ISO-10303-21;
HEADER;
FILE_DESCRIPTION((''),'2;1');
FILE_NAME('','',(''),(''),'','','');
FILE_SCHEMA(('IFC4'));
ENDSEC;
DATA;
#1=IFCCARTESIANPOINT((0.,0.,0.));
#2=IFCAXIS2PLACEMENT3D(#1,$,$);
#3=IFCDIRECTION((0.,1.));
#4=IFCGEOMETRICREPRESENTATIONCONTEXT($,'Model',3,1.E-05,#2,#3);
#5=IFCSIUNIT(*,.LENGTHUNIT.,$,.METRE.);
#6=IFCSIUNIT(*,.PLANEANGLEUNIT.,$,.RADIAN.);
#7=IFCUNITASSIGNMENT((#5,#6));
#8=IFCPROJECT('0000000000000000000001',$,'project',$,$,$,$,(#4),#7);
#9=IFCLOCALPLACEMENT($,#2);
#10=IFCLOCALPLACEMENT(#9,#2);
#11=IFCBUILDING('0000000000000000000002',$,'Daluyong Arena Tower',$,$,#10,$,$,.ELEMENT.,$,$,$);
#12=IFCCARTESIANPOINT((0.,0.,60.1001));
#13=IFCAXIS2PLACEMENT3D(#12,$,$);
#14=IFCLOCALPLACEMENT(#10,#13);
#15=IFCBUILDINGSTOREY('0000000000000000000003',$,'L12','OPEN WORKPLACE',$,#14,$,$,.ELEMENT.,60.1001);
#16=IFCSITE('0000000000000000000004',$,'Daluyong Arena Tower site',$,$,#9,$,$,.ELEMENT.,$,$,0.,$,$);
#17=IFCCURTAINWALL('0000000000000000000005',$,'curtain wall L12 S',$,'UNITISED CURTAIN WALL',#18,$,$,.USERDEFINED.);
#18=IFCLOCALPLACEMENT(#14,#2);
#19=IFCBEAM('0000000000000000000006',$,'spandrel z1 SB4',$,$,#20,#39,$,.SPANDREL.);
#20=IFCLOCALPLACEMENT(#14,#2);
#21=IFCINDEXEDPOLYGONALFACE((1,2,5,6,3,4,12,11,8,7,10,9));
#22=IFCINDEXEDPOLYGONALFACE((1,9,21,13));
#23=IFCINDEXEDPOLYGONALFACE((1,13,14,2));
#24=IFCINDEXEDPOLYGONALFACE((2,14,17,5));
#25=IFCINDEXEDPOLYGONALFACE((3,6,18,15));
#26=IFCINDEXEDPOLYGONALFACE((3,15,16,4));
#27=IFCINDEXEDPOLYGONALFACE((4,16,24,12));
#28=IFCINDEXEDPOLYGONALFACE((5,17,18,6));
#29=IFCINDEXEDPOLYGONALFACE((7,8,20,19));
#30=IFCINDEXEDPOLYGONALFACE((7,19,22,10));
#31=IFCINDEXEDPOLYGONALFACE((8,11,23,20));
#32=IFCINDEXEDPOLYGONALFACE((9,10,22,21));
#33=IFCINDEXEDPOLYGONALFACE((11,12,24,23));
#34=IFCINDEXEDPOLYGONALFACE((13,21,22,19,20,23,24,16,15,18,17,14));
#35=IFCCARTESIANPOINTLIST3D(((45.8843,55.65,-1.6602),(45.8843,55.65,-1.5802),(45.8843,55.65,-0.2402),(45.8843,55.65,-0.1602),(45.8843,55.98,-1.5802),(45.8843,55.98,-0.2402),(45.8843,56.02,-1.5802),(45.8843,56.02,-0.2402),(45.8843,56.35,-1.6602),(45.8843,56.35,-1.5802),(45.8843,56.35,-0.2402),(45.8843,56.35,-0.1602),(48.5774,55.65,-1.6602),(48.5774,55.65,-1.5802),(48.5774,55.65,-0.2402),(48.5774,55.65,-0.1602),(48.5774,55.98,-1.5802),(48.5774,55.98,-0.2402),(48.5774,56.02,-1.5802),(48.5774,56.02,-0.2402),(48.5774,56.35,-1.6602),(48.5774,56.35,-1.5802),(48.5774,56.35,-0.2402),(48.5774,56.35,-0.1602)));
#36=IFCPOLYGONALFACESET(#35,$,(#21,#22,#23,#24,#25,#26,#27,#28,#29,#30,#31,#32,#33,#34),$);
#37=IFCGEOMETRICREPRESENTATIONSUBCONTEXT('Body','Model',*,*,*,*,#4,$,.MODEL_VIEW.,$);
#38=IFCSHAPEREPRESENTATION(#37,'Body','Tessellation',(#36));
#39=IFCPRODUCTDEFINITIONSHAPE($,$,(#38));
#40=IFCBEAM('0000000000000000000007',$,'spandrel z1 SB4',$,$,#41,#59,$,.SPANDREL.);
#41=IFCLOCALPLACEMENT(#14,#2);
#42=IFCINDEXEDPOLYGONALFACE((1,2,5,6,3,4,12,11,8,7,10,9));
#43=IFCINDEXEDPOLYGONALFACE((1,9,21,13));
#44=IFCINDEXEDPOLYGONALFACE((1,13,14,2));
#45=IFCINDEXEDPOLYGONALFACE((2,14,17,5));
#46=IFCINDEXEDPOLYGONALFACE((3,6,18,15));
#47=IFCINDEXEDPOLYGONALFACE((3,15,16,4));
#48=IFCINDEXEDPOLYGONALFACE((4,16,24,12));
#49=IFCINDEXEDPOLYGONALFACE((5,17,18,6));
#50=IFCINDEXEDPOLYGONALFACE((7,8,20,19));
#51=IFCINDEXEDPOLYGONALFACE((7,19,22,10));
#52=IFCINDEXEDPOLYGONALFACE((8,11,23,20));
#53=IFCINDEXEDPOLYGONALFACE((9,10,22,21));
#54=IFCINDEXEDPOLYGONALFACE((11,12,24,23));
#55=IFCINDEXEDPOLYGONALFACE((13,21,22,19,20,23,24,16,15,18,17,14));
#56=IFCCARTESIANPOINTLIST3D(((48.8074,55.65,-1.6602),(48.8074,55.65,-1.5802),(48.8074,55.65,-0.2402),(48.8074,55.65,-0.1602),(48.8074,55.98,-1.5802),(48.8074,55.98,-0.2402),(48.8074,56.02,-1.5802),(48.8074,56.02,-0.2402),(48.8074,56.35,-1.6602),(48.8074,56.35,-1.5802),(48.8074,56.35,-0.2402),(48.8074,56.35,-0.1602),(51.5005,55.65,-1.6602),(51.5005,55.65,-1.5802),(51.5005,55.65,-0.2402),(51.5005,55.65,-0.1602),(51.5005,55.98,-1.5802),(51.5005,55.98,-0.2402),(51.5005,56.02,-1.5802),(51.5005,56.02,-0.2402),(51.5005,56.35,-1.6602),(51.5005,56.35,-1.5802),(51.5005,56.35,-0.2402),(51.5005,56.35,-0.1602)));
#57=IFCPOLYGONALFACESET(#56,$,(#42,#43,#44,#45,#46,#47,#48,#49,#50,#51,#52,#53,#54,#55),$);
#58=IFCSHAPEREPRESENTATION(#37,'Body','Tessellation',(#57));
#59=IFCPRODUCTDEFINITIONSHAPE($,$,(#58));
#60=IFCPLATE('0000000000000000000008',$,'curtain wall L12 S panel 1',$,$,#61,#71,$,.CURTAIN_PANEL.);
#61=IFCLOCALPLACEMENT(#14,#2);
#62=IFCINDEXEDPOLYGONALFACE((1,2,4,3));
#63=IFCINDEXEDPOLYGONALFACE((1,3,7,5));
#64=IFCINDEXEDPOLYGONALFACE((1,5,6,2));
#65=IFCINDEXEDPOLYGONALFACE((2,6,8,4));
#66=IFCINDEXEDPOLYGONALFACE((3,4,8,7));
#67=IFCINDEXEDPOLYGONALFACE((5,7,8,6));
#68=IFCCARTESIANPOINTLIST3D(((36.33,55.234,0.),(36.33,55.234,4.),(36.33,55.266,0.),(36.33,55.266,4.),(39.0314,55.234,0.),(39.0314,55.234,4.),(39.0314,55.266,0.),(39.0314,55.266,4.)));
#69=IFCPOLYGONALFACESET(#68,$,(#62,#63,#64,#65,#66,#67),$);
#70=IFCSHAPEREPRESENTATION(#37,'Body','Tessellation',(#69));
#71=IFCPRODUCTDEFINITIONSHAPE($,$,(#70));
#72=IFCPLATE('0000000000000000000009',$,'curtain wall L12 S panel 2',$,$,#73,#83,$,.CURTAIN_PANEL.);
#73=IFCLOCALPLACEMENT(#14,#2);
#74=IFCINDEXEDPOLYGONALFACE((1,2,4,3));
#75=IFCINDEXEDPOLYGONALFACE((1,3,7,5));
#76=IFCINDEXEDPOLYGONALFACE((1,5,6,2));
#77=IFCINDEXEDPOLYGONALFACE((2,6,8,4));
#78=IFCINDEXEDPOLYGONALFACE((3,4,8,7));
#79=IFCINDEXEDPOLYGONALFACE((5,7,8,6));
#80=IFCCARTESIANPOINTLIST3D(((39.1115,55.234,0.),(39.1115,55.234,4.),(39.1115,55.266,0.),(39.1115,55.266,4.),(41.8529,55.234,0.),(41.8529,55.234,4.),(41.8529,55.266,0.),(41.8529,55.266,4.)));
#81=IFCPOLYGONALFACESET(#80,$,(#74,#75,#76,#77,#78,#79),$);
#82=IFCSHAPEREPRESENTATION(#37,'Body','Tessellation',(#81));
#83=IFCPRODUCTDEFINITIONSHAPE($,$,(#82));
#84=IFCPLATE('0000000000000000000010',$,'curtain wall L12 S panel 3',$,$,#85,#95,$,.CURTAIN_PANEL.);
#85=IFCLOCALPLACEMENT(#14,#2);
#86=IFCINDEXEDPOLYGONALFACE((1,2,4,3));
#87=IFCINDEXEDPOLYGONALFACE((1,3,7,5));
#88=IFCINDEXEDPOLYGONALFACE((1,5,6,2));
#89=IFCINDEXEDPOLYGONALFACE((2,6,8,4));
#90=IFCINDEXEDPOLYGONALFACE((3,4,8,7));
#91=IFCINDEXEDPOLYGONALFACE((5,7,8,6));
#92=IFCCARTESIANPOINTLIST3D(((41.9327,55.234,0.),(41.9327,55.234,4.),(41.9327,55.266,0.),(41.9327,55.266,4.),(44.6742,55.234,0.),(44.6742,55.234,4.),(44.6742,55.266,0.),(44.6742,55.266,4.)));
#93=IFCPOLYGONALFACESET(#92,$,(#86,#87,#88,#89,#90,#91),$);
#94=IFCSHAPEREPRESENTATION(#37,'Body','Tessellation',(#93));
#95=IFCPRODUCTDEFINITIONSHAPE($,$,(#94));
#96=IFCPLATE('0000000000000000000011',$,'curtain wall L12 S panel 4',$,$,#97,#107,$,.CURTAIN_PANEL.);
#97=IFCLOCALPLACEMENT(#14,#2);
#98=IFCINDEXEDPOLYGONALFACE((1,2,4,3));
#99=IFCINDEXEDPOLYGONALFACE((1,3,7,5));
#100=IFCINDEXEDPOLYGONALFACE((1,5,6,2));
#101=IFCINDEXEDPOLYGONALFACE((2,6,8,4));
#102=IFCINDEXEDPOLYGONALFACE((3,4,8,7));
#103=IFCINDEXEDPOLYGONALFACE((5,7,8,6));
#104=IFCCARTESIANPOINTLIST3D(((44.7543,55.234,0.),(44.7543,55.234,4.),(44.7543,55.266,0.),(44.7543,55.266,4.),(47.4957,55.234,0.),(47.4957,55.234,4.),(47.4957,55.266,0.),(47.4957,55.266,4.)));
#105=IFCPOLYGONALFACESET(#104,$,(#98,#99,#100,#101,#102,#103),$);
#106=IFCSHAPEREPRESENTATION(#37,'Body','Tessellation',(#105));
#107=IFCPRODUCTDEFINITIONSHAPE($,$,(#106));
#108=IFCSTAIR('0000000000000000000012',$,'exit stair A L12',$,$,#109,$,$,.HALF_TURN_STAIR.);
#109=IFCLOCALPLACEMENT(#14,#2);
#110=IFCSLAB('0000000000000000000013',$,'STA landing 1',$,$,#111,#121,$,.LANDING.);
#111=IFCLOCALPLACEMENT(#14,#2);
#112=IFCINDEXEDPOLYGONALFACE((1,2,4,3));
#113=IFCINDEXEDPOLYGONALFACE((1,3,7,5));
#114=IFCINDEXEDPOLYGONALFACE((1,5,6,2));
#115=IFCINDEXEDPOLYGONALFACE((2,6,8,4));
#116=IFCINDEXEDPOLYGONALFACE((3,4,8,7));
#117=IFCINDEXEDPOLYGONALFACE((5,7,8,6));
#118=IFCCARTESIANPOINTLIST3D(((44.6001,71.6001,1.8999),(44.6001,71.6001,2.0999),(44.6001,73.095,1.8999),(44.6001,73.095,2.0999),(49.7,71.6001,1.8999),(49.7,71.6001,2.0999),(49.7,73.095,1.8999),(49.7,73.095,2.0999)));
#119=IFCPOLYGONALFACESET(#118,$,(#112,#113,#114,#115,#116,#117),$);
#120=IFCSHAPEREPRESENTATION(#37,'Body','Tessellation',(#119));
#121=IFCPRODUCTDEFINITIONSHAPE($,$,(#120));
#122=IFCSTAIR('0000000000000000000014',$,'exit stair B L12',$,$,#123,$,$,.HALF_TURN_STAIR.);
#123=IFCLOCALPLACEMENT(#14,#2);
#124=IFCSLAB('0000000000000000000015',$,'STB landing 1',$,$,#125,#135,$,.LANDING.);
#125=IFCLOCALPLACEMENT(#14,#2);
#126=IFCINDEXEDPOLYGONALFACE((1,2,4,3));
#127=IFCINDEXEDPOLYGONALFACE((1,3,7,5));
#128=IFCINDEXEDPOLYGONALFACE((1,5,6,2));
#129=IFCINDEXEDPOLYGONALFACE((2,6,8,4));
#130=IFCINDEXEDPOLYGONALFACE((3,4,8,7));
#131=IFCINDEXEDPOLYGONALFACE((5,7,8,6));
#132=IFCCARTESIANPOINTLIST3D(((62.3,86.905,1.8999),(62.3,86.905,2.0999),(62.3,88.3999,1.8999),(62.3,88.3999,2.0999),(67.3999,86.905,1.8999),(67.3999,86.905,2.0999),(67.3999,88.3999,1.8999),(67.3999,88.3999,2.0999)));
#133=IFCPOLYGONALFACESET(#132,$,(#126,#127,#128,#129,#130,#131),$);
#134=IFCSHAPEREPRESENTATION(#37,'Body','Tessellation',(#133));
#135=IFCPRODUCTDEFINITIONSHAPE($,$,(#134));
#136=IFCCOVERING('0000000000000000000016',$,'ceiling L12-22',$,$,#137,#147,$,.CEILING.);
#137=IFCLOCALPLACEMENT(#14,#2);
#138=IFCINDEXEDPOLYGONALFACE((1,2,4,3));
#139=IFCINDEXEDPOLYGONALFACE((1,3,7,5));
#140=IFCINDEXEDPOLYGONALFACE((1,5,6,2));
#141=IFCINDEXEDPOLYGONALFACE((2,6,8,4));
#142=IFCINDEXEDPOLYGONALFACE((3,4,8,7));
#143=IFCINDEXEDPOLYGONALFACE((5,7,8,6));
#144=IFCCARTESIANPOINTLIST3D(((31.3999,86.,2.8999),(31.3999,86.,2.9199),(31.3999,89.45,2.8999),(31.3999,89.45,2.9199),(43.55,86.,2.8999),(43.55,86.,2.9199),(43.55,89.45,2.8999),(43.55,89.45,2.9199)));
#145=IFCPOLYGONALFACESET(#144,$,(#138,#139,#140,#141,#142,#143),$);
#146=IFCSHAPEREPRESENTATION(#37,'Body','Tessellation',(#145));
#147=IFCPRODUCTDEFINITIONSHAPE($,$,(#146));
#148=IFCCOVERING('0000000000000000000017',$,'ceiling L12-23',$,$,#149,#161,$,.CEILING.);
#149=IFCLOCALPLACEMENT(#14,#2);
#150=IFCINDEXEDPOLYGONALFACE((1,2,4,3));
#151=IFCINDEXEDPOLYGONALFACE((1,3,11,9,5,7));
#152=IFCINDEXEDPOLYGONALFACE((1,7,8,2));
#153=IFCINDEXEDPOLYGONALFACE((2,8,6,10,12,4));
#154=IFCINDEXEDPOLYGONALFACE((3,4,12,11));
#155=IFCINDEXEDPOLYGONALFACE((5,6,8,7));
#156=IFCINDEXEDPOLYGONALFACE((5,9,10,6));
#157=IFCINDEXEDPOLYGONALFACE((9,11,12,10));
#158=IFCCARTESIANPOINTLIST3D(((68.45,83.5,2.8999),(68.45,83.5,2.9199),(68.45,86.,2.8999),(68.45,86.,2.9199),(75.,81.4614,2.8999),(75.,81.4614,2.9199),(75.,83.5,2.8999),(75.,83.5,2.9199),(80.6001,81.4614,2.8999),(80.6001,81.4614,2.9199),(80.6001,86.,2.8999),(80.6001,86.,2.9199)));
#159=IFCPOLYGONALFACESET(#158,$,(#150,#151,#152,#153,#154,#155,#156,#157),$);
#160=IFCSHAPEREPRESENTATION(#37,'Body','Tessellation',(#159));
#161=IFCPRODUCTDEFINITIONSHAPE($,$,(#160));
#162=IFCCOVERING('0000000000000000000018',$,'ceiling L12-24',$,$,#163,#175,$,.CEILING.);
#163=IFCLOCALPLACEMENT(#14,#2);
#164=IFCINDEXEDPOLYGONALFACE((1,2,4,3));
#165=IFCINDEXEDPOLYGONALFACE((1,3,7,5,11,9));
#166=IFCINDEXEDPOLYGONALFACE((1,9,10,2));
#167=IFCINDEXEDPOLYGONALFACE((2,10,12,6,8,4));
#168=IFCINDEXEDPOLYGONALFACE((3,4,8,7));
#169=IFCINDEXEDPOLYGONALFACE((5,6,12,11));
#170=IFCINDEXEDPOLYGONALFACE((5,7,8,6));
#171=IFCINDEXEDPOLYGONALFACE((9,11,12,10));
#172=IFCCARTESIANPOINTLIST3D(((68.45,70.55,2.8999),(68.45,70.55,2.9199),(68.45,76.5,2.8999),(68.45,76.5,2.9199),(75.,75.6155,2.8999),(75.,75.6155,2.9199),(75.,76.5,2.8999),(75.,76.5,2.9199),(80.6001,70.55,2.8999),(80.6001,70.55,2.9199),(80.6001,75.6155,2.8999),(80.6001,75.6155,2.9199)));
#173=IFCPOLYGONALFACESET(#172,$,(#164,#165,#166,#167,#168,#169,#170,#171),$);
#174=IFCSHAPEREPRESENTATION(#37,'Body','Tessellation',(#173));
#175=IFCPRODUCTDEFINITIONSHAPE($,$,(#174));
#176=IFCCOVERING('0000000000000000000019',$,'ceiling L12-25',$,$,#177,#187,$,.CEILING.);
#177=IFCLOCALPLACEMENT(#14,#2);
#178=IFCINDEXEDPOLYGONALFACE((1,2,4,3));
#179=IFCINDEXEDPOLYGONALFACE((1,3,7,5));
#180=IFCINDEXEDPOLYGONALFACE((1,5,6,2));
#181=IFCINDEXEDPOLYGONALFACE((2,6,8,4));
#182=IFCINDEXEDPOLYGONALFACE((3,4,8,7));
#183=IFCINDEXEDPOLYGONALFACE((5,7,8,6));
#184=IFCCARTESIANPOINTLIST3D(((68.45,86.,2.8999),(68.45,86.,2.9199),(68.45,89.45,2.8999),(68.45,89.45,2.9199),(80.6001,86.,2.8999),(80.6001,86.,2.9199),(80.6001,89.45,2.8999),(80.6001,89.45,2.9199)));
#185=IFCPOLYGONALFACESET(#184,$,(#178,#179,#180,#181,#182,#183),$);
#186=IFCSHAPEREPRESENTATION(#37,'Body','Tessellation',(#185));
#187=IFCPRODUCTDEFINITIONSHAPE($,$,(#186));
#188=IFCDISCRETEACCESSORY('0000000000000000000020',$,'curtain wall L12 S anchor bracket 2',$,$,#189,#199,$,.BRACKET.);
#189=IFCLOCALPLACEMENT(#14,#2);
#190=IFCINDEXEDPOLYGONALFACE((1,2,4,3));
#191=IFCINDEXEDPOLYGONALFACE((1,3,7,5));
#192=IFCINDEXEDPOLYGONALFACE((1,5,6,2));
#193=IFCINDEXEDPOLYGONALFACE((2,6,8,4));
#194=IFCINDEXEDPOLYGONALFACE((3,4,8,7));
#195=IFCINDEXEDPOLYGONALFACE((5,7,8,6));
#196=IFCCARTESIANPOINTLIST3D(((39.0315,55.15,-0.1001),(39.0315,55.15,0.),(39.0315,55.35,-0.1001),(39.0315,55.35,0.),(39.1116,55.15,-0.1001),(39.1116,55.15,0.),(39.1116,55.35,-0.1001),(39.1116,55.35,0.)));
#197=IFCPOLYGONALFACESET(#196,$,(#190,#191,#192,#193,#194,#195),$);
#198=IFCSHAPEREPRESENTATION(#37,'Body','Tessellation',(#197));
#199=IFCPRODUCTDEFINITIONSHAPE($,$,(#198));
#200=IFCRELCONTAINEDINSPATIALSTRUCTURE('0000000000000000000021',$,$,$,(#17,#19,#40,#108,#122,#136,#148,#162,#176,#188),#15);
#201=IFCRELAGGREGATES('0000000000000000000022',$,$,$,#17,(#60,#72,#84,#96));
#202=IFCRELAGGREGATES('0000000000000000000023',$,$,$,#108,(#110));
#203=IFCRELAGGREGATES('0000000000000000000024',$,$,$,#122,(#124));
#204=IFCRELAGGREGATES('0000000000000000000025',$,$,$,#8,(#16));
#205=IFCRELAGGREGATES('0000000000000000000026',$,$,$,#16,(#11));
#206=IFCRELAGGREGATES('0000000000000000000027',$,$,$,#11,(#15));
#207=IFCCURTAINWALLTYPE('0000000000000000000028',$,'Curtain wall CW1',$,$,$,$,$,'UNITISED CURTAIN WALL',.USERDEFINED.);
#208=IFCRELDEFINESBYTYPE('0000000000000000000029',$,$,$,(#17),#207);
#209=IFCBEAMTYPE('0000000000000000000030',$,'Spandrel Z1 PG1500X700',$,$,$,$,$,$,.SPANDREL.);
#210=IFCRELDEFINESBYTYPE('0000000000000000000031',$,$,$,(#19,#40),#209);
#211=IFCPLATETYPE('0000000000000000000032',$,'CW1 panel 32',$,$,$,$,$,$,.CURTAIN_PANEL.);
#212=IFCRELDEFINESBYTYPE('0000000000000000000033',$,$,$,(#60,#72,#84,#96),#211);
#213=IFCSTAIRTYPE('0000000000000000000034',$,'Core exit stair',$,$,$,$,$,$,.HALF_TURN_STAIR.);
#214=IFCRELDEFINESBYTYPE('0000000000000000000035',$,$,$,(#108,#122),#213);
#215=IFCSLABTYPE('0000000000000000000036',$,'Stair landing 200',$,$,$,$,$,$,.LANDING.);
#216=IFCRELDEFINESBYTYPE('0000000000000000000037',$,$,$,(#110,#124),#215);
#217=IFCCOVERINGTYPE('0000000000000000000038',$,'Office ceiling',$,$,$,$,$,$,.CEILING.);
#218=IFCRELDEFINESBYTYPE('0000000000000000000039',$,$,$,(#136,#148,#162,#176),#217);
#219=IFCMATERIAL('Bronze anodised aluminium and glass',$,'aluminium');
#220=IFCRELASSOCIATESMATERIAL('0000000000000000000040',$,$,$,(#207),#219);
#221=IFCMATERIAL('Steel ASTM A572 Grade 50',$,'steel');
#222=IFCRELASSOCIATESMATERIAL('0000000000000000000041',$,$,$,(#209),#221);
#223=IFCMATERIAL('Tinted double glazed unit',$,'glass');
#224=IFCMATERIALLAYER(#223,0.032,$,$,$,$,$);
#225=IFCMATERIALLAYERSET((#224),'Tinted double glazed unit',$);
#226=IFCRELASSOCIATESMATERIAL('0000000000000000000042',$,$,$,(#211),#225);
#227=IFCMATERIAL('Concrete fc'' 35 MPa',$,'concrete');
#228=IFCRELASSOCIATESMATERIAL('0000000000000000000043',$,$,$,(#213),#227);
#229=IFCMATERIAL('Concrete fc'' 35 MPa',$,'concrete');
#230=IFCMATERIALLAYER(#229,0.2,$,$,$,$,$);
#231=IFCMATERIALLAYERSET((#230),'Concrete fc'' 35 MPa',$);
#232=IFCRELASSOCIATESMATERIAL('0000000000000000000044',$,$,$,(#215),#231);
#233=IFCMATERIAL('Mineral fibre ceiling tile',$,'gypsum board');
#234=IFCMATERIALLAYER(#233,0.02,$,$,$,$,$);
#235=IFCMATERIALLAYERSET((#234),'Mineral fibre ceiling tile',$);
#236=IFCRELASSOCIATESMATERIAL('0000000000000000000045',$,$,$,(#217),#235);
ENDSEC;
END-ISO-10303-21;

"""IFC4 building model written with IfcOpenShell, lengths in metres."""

from ifc_helpers import new_model, si_unit, direction, frame, origin, origin_2d, place, context, subcontext, project, spatial, polyline, rectangle, i_section, outline, extrude, material, layer, layer_set, material_profile, profile_set, type_object, element, aggregate, save


model = new_model("IFC4")

# Units and contexts
model_context = context("Model", 3, precision=1e-05, world=origin(), true_north=direction((0.0, 1.0)))
body_context = subcontext(model_context, "Body", "Model", "MODEL_VIEW")
ifc_project = project(units=[si_unit("LENGTHUNIT", "METRE"), si_unit("PLANEANGLEUNIT", "RADIAN")], contexts=[model_context])

# Site, building, storey
site_placement = place(None, origin())
site = spatial("IfcSite", under=ifc_project, at=site_placement, Name="Daluyong Arena Tower site", CompositionType="ELEMENT", RefElevation=0.0)
building_placement = place(site_placement, origin())
building = spatial("IfcBuilding", under=site, at=building_placement, Name="Daluyong Arena Tower", CompositionType="ELEMENT")
storey_placement = place(building_placement, frame((0.0, 0.0, 60.1001)))
storey = spatial("IfcBuildingStorey", under=building, at=storey_placement, Name="L12", Description="OPEN WORKPLACE", CompositionType="ELEMENT", Elevation=60.1001)

# Curtain wall
ifc_material_1 = material(Name="Bronze anodised aluminium and glass", Category="aluminium")
curtain_wall_type_1 = type_object("IfcCurtainWallType", Name="Curtain wall CW1", ElementType="UNITISED CURTAIN WALL", PredefinedType="USERDEFINED", material=ifc_material_1)
curtain_wall_1_placement = place(storey_placement, origin())
curtain_wall_1 = element("IfcCurtainWall", 1, at=curtain_wall_1_placement, inside=storey, type_object=curtain_wall_type_1, Name="curtain wall L12 S", ObjectType="UNITISED CURTAIN WALL", PredefinedType="USERDEFINED")

# Beams
ifc_material_2 = material(Name="Steel ASTM A572 Grade 50", Category="steel")
ifc_material_profile_1 = material_profile(ifc_material_2, i_section(OverallWidth=0.7, OverallDepth=1.5, WebThickness=0.04, FlangeThickness=0.08, at=origin_2d()))
ifc_profile_set_1 = profile_set([ifc_material_profile_1], Name="Steel ASTM A572 Grade 50")
beam_type_1 = type_object("IfcBeamType", Name="Spandrel Z1 PG1500X700", PredefinedType="SPANDREL", material=ifc_profile_set_1)
for number, where, z_axis, x_axis, name in (
    (2, (45.8843, 56.0, -0.9102), (1.0, 0.0, 0.0), (0.0, 1.0, 0.0), "spandrel z1 SB4"),
    (3, (48.8074, 56.0, -0.9102), (1.0, 0.0, 0.0), (0.0, 1.0, 0.0), "spandrel z1 SB4"),
):
    element("IfcBeam", number, at=place(storey_placement, frame(where, z_axis=z_axis, x_axis=x_axis)), inside=storey, type_object=beam_type_1, Name=name, PredefinedType="SPANDREL", context=body_context, shape_type="SweptSolid", body=[
        extrude(i_section(OverallWidth=0.7, OverallDepth=1.5, WebThickness=0.04, FlangeThickness=0.08, at=origin_2d()), origin(), (0.0, 0.0, 1.0), 2.6931),
    ])

# Plates
ifc_material_3 = material(Name="Tinted double glazed unit", Category="glass")
ifc_layer_1 = layer(ifc_material_3, 0.032)
ifc_layer_set_1 = layer_set([ifc_layer_1], Name="Tinted double glazed unit")
plate_type = type_object("IfcPlateType", Name="CW1 panel 32", PredefinedType="CURTAIN_PANEL", material=ifc_layer_set_1)
plate_1_placement = place(storey_placement, frame((37.6807, 55.25, 0.0), z_axis=(0.0, 0.0, 1.0), x_axis=(1.0, 0.0, 0.0)))
plate_1 = element("IfcPlate", 4, at=plate_1_placement, type_object=plate_type, Name="curtain wall L12 S panel 1", PredefinedType="CURTAIN_PANEL", context=body_context, shape_type="SweptSolid", body=[
    extrude(rectangle(XDim=2.7014, YDim=0.032, at=origin_2d()), origin(), (0.0, 0.0, 1.0), 4.0),
])
plate_2_placement = place(storey_placement, frame((40.4822, 55.25, 0.0), z_axis=(0.0, 0.0, 1.0), x_axis=(1.0, 0.0, 0.0)))
plate_2 = element("IfcPlate", 5, at=plate_2_placement, type_object=plate_type, Name="curtain wall L12 S panel 2", PredefinedType="CURTAIN_PANEL", context=body_context, shape_type="SweptSolid", body=[
    extrude(rectangle(XDim=2.7415, YDim=0.032, at=origin_2d()), origin(), (0.0, 0.0, 1.0), 4.0),
])
plate_3_placement = place(storey_placement, frame((43.3035, 55.25, 0.0), z_axis=(0.0, 0.0, 1.0), x_axis=(1.0, 0.0, 0.0)))
plate_3 = element("IfcPlate", 6, at=plate_3_placement, type_object=plate_type, Name="curtain wall L12 S panel 3", PredefinedType="CURTAIN_PANEL", context=body_context, shape_type="SweptSolid", body=[
    extrude(rectangle(XDim=2.7415, YDim=0.032, at=origin_2d()), origin(), (0.0, 0.0, 1.0), 4.0),
])
plate_4_placement = place(storey_placement, frame((46.125, 55.25, 0.0), z_axis=(0.0, 0.0, 1.0), x_axis=(1.0, 0.0, 0.0)))
plate_4 = element("IfcPlate", 7, at=plate_4_placement, type_object=plate_type, Name="curtain wall L12 S panel 4", PredefinedType="CURTAIN_PANEL", context=body_context, shape_type="SweptSolid", body=[
    extrude(rectangle(XDim=2.7415, YDim=0.032, at=origin_2d()), origin(), (0.0, 0.0, 1.0), 4.0),
])
aggregate(curtain_wall_1, [plate_1, plate_2, plate_3, plate_4])

# Stairs, slabs
ifc_material_4 = material(Name="Concrete fc' 35 MPa", Category="concrete")
stair_type = type_object("IfcStairType", Name="Core exit stair", PredefinedType="HALF_TURN_STAIR", material=ifc_material_4)
stair_1_placement = place(storey_placement, origin())
stair_1 = element("IfcStair", 8, at=stair_1_placement, inside=storey, type_object=stair_type, Name="exit stair A L12", PredefinedType="HALF_TURN_STAIR")
ifc_material_5 = material(Name="Concrete fc' 35 MPa", Category="concrete")
ifc_layer_2 = layer(ifc_material_5, 0.2)
ifc_layer_set_2 = layer_set([ifc_layer_2], Name="Concrete fc' 35 MPa")
slab_type = type_object("IfcSlabType", Name="Stair landing 200", PredefinedType="LANDING", material=ifc_layer_set_2)
slab_1_placement = place(storey_placement, frame((0.0, 0.0, 1.8999)))
slab_1 = element("IfcSlab", 9, at=slab_1_placement, type_object=slab_type, Name="STA landing 1", PredefinedType="LANDING", context=body_context, shape_type="SweptSolid", body=[
    extrude(outline(polyline([(44.6001, 71.6001), (49.7, 71.6001), (49.7, 73.095), (44.6001, 73.095), (44.6001, 71.6001)])), origin(), (0.0, 0.0, 1.0), 0.2),
])
aggregate(stair_1, [slab_1])
stair_2_placement = place(storey_placement, origin())
stair_2 = element("IfcStair", 10, at=stair_2_placement, inside=storey, type_object=stair_type, Name="exit stair B L12", PredefinedType="HALF_TURN_STAIR")
slab_2_placement = place(storey_placement, frame((0.0, 0.0, 1.8999)))
slab_2 = element("IfcSlab", 11, at=slab_2_placement, type_object=slab_type, Name="STB landing 1", PredefinedType="LANDING", context=body_context, shape_type="SweptSolid", body=[
    extrude(outline(polyline([(62.3, 86.905), (67.3999, 86.905), (67.3999, 88.3999), (62.3, 88.3999), (62.3, 86.905)])), origin(), (0.0, 0.0, 1.0), 0.2),
])
aggregate(stair_2, [slab_2])

# Coverings
ifc_material_6 = material(Name="Mineral fibre ceiling tile", Category="gypsum board")
ifc_layer_3 = layer(ifc_material_6, 0.02)
ifc_layer_set_3 = layer_set([ifc_layer_3], Name="Mineral fibre ceiling tile")
covering_type = type_object("IfcCoveringType", Name="Office ceiling", PredefinedType="CEILING", material=ifc_layer_set_3)
covering_1_placement = place(storey_placement, frame((0.0, 0.0, 2.8999)))
element("IfcCovering", 12, at=covering_1_placement, inside=storey, type_object=covering_type, Name="ceiling L12-22", PredefinedType="CEILING", context=body_context, shape_type="SweptSolid", body=[
    extrude(outline(polyline([(43.55, 86.0), (43.55, 89.45), (31.3999, 89.45), (31.3999, 86.0), (43.55, 86.0)])), origin(), (0.0, 0.0, 1.0), 0.02),
])
covering_2_placement = place(storey_placement, frame((0.0, 0.0, 2.8999)))
element("IfcCovering", 13, at=covering_2_placement, inside=storey, type_object=covering_type, Name="ceiling L12-23", PredefinedType="CEILING", context=body_context, shape_type="SweptSolid", body=[
    extrude(outline(polyline([(80.6001, 81.4614), (80.6001, 86.0), (68.45, 86.0), (68.45, 83.5), (75.0, 83.5), (75.0, 81.4614), (80.6001, 81.4614)])), origin(), (0.0, 0.0, 1.0), 0.02),
])
covering_3_placement = place(storey_placement, frame((0.0, 0.0, 2.8999)))
element("IfcCovering", 14, at=covering_3_placement, inside=storey, type_object=covering_type, Name="ceiling L12-24", PredefinedType="CEILING", context=body_context, shape_type="SweptSolid", body=[
    extrude(outline(polyline([(68.45, 76.5), (68.45, 70.55), (80.6001, 70.55), (80.6001, 75.6155), (75.0, 75.6155), (75.0, 76.5), (68.45, 76.5)])), origin(), (0.0, 0.0, 1.0), 0.02),
])
covering_4_placement = place(storey_placement, frame((0.0, 0.0, 2.8999)))
element("IfcCovering", 15, at=covering_4_placement, inside=storey, type_object=covering_type, Name="ceiling L12-25", PredefinedType="CEILING", context=body_context, shape_type="SweptSolid", body=[
    extrude(outline(polyline([(80.6001, 86.0), (80.6001, 89.45), (68.45, 89.45), (68.45, 86.0), (80.6001, 86.0)])), origin(), (0.0, 0.0, 1.0), 0.02),
])

# Discrete accessory
for number, where, z_axis, x_axis, name in (
    (16, (39.0715, 55.25, -0.1001), (0.0, 0.0, 1.0), (1.0, 0.0, 0.0), "curtain wall L12 S anchor bracket 2"),
):
    element("IfcDiscreteAccessory", number, at=place(storey_placement, frame(where, z_axis=z_axis, x_axis=x_axis)), inside=storey, Name=name, PredefinedType="BRACKET", context=body_context, shape_type="SweptSolid", body=[
        extrude(rectangle(XDim=0.0801, YDim=0.2, at=origin_2d()), origin(), (0.0, 0.0, 1.0), 0.1001),
    ])

save(model, "model.ifc")
